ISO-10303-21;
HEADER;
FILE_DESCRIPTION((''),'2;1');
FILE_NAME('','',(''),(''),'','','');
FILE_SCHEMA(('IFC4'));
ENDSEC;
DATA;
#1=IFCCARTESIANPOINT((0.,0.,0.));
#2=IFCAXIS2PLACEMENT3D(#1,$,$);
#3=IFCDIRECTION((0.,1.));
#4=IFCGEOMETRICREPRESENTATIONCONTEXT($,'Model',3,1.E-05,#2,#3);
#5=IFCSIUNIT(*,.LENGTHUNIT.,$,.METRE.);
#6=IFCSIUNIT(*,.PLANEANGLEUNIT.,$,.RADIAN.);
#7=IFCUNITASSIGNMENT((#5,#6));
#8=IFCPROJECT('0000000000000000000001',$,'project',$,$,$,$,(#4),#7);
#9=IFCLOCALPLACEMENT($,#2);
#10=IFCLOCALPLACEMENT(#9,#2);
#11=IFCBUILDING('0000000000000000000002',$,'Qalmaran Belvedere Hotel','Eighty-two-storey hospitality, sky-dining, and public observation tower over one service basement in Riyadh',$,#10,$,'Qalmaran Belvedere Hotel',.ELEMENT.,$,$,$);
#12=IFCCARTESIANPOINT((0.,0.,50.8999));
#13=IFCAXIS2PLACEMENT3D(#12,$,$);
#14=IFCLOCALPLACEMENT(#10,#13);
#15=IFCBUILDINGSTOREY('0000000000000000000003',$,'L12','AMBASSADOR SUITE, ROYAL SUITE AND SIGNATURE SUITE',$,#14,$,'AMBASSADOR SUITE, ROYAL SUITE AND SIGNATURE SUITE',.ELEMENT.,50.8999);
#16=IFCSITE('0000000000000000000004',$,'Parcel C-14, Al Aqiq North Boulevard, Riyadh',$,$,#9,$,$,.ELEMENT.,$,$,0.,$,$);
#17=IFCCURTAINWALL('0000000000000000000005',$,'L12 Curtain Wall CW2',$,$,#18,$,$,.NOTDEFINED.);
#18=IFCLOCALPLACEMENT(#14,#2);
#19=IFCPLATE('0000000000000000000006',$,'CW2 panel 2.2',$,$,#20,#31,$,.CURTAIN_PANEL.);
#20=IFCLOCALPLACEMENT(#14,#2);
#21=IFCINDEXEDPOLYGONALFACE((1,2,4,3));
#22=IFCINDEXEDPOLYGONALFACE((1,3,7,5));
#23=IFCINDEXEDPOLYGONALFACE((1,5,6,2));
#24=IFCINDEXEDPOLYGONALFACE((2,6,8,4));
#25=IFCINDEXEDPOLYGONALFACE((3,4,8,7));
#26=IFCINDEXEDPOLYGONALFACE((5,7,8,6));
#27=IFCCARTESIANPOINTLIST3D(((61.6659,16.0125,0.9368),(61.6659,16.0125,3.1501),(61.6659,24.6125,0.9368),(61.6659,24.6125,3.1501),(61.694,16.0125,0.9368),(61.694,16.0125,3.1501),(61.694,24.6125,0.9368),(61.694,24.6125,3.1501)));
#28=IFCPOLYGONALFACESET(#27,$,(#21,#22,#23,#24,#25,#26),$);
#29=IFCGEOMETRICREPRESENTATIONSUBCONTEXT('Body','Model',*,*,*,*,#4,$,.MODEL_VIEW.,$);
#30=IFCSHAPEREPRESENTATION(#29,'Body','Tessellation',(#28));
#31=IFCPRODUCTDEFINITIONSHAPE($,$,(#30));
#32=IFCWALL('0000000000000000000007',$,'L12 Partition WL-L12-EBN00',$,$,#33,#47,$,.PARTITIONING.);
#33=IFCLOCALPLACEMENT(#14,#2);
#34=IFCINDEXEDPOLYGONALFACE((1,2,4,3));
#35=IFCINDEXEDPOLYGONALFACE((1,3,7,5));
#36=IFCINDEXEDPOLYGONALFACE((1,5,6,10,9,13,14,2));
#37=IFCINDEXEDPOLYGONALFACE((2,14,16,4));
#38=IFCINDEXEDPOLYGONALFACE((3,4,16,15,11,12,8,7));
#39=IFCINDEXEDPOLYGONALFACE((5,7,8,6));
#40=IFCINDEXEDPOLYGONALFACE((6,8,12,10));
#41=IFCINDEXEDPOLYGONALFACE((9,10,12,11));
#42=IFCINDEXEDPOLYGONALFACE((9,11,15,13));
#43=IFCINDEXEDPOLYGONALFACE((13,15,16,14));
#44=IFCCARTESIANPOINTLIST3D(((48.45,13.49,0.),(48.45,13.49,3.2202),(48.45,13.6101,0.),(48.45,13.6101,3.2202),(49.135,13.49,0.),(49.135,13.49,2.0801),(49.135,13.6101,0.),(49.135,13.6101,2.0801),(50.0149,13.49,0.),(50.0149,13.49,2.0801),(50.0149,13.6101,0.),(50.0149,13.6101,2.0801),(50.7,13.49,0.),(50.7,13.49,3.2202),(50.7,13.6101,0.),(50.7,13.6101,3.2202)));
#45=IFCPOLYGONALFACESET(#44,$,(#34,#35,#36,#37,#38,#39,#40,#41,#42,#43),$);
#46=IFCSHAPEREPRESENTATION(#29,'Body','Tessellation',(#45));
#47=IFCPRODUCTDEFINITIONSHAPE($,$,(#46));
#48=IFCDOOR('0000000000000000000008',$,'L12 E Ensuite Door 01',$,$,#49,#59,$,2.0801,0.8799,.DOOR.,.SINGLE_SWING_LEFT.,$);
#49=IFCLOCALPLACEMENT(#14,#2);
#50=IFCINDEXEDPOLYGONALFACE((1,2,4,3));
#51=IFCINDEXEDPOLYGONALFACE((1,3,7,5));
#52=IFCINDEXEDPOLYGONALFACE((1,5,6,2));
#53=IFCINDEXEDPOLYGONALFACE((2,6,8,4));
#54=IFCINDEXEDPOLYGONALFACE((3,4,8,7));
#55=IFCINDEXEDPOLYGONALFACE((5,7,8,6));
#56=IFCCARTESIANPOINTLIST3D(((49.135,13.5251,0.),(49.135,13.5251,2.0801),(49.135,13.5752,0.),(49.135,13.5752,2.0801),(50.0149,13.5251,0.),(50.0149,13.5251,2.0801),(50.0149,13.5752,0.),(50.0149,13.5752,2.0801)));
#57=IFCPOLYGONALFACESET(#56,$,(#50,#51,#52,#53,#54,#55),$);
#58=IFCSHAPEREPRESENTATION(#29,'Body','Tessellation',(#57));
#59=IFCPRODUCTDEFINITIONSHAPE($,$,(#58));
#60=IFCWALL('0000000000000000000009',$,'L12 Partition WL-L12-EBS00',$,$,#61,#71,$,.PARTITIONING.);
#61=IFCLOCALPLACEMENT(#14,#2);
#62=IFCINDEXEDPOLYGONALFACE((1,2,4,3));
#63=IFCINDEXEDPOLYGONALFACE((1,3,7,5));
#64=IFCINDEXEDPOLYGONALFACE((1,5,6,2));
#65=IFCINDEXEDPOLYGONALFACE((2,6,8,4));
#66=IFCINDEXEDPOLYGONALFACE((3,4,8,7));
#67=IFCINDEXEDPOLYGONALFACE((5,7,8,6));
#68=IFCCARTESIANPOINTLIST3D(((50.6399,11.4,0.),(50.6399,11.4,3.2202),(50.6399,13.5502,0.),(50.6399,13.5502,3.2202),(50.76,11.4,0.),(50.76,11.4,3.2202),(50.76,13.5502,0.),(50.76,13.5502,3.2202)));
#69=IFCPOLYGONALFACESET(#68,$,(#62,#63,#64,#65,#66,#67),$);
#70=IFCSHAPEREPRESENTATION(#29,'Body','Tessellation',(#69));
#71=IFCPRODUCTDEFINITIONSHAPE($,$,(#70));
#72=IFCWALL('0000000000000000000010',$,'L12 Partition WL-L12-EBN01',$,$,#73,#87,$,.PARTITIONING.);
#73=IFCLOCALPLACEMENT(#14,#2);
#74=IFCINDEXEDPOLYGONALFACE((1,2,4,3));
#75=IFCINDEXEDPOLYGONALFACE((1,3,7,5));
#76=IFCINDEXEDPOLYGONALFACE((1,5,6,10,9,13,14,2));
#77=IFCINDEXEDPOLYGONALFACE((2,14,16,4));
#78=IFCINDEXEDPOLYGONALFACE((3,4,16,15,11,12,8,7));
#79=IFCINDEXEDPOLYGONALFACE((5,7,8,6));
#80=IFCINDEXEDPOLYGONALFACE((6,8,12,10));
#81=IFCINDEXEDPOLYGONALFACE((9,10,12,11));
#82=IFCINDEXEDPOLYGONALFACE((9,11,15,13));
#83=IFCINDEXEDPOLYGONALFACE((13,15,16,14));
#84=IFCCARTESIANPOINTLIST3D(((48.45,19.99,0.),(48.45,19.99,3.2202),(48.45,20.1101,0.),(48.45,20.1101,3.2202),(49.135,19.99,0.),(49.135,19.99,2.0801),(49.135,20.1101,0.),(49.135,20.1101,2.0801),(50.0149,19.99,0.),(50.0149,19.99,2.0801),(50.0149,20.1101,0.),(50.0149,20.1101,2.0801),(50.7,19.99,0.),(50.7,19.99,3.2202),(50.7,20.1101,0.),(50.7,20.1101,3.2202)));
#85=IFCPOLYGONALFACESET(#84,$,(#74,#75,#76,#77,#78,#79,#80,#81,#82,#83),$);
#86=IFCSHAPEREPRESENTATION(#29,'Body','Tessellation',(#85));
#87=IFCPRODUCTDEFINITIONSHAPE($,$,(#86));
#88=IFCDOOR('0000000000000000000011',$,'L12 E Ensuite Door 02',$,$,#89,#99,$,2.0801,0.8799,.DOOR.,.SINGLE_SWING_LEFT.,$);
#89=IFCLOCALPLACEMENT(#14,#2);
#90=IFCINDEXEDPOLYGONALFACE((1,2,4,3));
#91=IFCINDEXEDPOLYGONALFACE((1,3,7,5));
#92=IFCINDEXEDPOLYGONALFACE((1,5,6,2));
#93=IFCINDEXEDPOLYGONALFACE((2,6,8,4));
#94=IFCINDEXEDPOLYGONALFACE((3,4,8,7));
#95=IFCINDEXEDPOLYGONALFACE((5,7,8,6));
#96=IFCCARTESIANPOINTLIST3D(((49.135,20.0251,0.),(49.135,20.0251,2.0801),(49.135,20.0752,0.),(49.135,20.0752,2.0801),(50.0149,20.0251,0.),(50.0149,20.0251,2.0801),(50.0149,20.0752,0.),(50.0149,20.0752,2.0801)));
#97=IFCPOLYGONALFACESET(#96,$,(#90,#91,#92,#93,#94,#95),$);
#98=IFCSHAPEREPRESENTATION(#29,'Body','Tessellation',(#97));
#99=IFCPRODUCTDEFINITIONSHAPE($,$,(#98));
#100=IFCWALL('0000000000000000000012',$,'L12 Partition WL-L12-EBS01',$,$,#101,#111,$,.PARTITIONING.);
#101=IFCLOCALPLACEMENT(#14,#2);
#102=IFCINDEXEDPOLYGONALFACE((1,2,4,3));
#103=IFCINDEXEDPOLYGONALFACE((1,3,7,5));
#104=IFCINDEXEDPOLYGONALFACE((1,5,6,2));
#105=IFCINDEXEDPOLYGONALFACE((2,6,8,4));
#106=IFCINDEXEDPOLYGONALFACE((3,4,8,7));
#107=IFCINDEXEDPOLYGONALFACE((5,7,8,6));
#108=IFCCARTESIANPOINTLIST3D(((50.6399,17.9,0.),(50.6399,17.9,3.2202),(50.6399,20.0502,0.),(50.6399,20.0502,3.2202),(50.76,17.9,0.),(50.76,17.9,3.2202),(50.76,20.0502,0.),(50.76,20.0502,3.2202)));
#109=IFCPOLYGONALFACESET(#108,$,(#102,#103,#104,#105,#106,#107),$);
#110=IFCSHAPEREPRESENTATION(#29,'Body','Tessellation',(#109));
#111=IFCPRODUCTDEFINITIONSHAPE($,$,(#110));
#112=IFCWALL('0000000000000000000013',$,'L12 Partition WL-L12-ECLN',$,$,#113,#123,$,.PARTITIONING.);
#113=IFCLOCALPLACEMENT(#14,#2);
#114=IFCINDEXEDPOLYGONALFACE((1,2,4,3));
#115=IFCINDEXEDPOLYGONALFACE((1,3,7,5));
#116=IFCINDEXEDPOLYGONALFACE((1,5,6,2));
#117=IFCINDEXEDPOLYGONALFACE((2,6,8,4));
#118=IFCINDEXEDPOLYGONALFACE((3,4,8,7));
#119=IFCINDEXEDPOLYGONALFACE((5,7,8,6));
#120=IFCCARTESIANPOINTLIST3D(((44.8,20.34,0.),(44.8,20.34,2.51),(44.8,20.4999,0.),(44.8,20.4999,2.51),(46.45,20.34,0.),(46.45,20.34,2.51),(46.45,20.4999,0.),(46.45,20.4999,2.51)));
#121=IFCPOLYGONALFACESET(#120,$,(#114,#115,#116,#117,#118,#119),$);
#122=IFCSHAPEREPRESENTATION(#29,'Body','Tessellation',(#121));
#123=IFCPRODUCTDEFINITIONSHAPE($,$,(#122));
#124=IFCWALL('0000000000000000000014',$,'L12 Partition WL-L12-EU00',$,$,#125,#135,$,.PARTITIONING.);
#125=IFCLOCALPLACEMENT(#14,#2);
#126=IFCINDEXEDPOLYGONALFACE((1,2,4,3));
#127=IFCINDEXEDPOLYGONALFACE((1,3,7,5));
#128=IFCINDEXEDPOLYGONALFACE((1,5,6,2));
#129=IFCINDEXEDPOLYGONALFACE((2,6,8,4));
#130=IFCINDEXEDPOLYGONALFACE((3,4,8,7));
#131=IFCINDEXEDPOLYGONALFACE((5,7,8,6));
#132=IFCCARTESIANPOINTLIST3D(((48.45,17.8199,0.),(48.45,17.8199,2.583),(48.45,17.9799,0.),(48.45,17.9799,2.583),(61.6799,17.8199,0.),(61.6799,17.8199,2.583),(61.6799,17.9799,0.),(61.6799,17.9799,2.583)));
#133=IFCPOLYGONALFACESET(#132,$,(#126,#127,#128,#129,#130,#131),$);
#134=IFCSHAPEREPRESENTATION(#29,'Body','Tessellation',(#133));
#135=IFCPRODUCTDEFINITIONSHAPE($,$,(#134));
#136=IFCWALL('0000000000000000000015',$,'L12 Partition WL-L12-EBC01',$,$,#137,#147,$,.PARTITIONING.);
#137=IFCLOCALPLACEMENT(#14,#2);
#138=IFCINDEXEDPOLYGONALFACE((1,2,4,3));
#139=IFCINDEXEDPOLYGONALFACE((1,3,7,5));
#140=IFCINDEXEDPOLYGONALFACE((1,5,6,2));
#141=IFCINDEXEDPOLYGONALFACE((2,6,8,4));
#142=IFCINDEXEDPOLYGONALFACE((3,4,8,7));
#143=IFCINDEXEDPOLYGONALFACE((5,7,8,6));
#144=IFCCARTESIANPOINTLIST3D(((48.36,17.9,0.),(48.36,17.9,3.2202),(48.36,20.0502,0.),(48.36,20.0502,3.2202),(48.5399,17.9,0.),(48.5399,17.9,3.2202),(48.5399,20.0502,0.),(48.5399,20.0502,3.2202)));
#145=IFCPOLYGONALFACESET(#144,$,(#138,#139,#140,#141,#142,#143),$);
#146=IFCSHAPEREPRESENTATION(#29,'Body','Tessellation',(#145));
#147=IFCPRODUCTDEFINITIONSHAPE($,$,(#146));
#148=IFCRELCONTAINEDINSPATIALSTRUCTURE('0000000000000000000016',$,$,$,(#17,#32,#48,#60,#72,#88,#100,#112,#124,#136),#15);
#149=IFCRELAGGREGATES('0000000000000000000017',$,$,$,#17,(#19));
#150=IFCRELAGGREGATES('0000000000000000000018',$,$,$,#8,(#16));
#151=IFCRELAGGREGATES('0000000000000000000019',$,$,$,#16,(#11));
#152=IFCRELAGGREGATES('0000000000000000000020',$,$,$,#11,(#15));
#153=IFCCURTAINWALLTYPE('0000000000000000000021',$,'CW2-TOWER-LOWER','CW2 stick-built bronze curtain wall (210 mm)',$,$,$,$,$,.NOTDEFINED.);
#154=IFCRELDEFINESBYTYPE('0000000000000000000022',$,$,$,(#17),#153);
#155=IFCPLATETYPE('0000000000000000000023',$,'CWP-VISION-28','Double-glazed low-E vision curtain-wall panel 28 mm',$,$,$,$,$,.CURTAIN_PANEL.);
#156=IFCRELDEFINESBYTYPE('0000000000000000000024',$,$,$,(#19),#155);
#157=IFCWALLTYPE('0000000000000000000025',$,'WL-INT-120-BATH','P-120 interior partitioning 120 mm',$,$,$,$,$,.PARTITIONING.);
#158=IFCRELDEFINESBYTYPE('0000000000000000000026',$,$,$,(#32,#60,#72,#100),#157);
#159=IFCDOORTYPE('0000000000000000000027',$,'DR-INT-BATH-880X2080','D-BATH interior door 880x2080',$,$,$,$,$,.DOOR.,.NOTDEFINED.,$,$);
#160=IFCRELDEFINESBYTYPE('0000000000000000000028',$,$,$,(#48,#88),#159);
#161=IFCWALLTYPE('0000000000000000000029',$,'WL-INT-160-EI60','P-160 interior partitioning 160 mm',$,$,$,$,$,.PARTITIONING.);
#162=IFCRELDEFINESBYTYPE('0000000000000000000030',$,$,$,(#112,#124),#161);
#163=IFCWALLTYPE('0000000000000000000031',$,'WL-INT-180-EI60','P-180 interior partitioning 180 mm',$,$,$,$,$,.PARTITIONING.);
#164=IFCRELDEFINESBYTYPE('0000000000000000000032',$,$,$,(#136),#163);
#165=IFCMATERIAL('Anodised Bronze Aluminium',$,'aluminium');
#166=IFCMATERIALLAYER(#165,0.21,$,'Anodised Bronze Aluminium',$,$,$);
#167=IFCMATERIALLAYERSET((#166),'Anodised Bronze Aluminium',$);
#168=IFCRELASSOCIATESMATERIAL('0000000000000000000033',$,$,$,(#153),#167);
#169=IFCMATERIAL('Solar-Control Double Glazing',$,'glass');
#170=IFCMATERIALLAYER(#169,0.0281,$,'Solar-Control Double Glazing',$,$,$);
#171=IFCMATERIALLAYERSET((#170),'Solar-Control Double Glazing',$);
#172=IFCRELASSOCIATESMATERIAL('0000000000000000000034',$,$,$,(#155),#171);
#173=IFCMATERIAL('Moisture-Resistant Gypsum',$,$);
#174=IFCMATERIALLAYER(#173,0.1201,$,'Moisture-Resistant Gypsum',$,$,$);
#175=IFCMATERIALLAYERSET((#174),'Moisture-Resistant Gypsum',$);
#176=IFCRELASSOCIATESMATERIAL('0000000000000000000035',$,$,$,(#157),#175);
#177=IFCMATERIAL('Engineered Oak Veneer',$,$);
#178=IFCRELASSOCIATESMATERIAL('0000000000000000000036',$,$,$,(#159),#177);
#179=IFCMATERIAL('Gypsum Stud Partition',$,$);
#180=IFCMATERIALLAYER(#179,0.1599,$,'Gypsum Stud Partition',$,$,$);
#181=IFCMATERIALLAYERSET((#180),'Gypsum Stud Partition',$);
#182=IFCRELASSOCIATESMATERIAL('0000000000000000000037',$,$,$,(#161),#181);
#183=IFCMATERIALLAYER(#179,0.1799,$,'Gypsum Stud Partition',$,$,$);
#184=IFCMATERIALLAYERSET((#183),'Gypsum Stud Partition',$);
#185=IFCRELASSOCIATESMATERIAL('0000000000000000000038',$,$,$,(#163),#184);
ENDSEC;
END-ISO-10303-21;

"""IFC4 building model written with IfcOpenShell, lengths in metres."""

from ifc_helpers import new_model, si_unit, direction, frame, frame_2d, origin, origin_2d, place, context, subcontext, project, spatial, rectangle, extrude, material, layer, layer_set, type_object, element, fill, aggregate, save


model = new_model("IFC4")

# Units and contexts
model_context = context("Model", 3, precision=1e-05, world=origin(), true_north=direction((0.0, 1.0)))
body_context = subcontext(model_context, "Body", "Model", "MODEL_VIEW")
ifc_project = project(units=[si_unit("LENGTHUNIT", "METRE"), si_unit("PLANEANGLEUNIT", "RADIAN")], contexts=[model_context])

# Site, building, storey
site_placement = place(None, origin())
site = spatial("IfcSite", under=ifc_project, at=site_placement, Name="Parcel C-14, Al Aqiq North Boulevard, Riyadh", CompositionType="ELEMENT", RefElevation=0.0)
building_placement = place(site_placement, origin())
building = spatial("IfcBuilding", under=site, at=building_placement, Name="Qalmaran Belvedere Hotel", Description="Eighty-two-storey hospitality, sky-dining, and public observation tower over one service basement in Riyadh", LongName="Qalmaran Belvedere Hotel", CompositionType="ELEMENT")
storey_placement = place(building_placement, frame((0.0, 0.0, 50.8999)))
storey = spatial("IfcBuildingStorey", under=building, at=storey_placement, Name="L12", Description="AMBASSADOR SUITE, ROYAL SUITE AND SIGNATURE SUITE", LongName="AMBASSADOR SUITE, ROYAL SUITE AND SIGNATURE SUITE", CompositionType="ELEMENT", Elevation=50.8999)

# Curtain wall, plate
ifc_material_1 = material(Name="Anodised Bronze Aluminium", Category="aluminium")
ifc_layer_1 = layer(ifc_material_1, 0.21, Name="Anodised Bronze Aluminium")
ifc_layer_set_1 = layer_set([ifc_layer_1], Name="Anodised Bronze Aluminium")
curtain_wall_type = type_object("IfcCurtainWallType", Name="CW2-TOWER-LOWER", Description="CW2 stick-built bronze curtain wall (210 mm)", PredefinedType="NOTDEFINED", material=ifc_layer_set_1)
curtain_wall_placement = place(storey_placement, origin())
curtain_wall = element("IfcCurtainWall", 1, at=curtain_wall_placement, inside=storey, type_object=curtain_wall_type, Name="L12 Curtain Wall CW2", PredefinedType="NOTDEFINED")
ifc_material_2 = material(Name="Solar-Control Double Glazing", Category="glass")
ifc_layer_2 = layer(ifc_material_2, 0.0281, Name="Solar-Control Double Glazing")
ifc_layer_set_2 = layer_set([ifc_layer_2], Name="Solar-Control Double Glazing")
plate_type_1 = type_object("IfcPlateType", Name="CWP-VISION-28", Description="Double-glazed low-E vision curtain-wall panel 28 mm", PredefinedType="CURTAIN_PANEL", material=ifc_layer_set_2)
plate_1_placement = place(storey_placement, frame((61.6799, 20.3125, 0.9368), z_axis=(0.0, 0.0, 1.0), x_axis=(0.0, 1.0, 0.0)))
plate_1 = element("IfcPlate", 2, at=plate_1_placement, type_object=plate_type_1, Name="CW2 panel 2.2", PredefinedType="CURTAIN_PANEL", context=body_context, shape_type="SweptSolid", body=[
    extrude(rectangle(XDim=8.6001, YDim=0.0281, at=origin_2d()), origin(), (0.0, 0.0, 1.0), 2.2134),
])
aggregate(curtain_wall, [plate_1])

# Wall, opening, door
ifc_material_3 = material(Name="Moisture-Resistant Gypsum")
ifc_layer_3 = layer(ifc_material_3, 0.1201, Name="Moisture-Resistant Gypsum")
ifc_layer_set_3 = layer_set([ifc_layer_3], Name="Moisture-Resistant Gypsum")
wall_type_1 = type_object("IfcWallType", Name="WL-INT-120-BATH", Description="P-120 interior partitioning 120 mm", PredefinedType="PARTITIONING", material=ifc_layer_set_3)
wall_1_placement = place(storey_placement, frame((48.45, 13.55, 0.0), z_axis=(0.0, 0.0, 1.0), x_axis=(1.0, 0.0, 0.0)))
wall_1 = element("IfcWall", 3, at=wall_1_placement, inside=storey, type_object=wall_type_1, Name="L12 Partition WL-L12-EBN00", PredefinedType="PARTITIONING", context=body_context, shape_type="SweptSolid", body=[
    extrude(rectangle(XDim=2.25, YDim=0.1201, at=frame_2d((1.125, 0.0))), origin(), (0.0, 0.0, 1.0), 3.2202),
])
opening_1_placement = place(wall_1_placement, frame((1.5649, 0.0, 0.0), z_axis=(0.0, 0.0, 1.0), x_axis=(-1.0, 0.0, 0.0)))
opening_1 = element("IfcOpeningElement", 4, at=opening_1_placement, cuts=wall_1, PredefinedType="OPENING", context=body_context, shape_type="SweptSolid", body=[
    extrude(rectangle(XDim=0.8799, YDim=2.0801, at=frame_2d((0.4399, 1.04))), frame((0.0, 0.0701, 0.0), z_axis=(0.0, -1.0, 0.0), x_axis=(1.0, 0.0, 0.0)), (0.0, 0.0, 1.0), 0.1401),
])
ifc_material_4 = material(Name="Engineered Oak Veneer")
door_type_1 = type_object("IfcDoorType", Name="DR-INT-BATH-880X2080", Description="D-BATH interior door 880x2080", OperationType="NOTDEFINED", PredefinedType="DOOR", material=ifc_material_4)
door_1_placement = place(opening_1_placement, origin())
door_1 = element("IfcDoor", 5, at=door_1_placement, inside=storey, type_object=door_type_1, Name="L12 E Ensuite Door 01", OperationType="SINGLE_SWING_LEFT", OverallHeight=2.0801, OverallWidth=0.8799, PredefinedType="DOOR", context=body_context, shape_type="SweptSolid", body=[
    extrude(rectangle(XDim=0.8799, YDim=2.0801, at=frame_2d((0.4399, 1.04))), frame((0.0, 0.0249, 0.0), z_axis=(0.0, -1.0, 0.0), x_axis=(1.0, 0.0, 0.0)), (0.0, 0.0, 1.0), 0.05),
])
fill(opening_1, door_1)

# Wall
wall_2_placement = place(storey_placement, frame((50.7, 11.3999, 0.0), z_axis=(0.0, 0.0, 1.0), x_axis=(0.0, 1.0, 0.0)))
element("IfcWall", 6, at=wall_2_placement, inside=storey, type_object=wall_type_1, Name="L12 Partition WL-L12-EBS00", PredefinedType="PARTITIONING", context=body_context, shape_type="SweptSolid", body=[
    extrude(rectangle(XDim=2.1501, YDim=0.1201, at=frame_2d((1.0752, 0.0))), origin(), (0.0, 0.0, 1.0), 3.2202),
])

# Wall, opening, door
wall_3_placement = place(storey_placement, frame((48.45, 20.05, 0.0), z_axis=(0.0, 0.0, 1.0), x_axis=(1.0, 0.0, 0.0)))
wall_3 = element("IfcWall", 7, at=wall_3_placement, inside=storey, type_object=wall_type_1, Name="L12 Partition WL-L12-EBN01", PredefinedType="PARTITIONING", context=body_context, shape_type="SweptSolid", body=[
    extrude(rectangle(XDim=2.25, YDim=0.1201, at=frame_2d((1.125, 0.0))), origin(), (0.0, 0.0, 1.0), 3.2202),
])
opening_2_placement = place(wall_3_placement, frame((1.5649, 0.0, 0.0), z_axis=(0.0, 0.0, 1.0), x_axis=(-1.0, 0.0, 0.0)))
opening_2 = element("IfcOpeningElement", 8, at=opening_2_placement, cuts=wall_3, PredefinedType="OPENING", context=body_context, shape_type="SweptSolid", body=[
    extrude(rectangle(XDim=0.8799, YDim=2.0801, at=frame_2d((0.4399, 1.04))), frame((0.0, 0.0701, 0.0), z_axis=(0.0, -1.0, 0.0), x_axis=(1.0, 0.0, 0.0)), (0.0, 0.0, 1.0), 0.1401),
])
door_2_placement = place(opening_2_placement, origin())
door_2 = element("IfcDoor", 9, at=door_2_placement, inside=storey, type_object=door_type_1, Name="L12 E Ensuite Door 02", OperationType="SINGLE_SWING_LEFT", OverallHeight=2.0801, OverallWidth=0.8799, PredefinedType="DOOR", context=body_context, shape_type="SweptSolid", body=[
    extrude(rectangle(XDim=0.8799, YDim=2.0801, at=frame_2d((0.4399, 1.04))), frame((0.0, 0.0249, 0.0), z_axis=(0.0, -1.0, 0.0), x_axis=(1.0, 0.0, 0.0)), (0.0, 0.0, 1.0), 0.05),
])
fill(opening_2, door_2)

# Walls
wall_4_placement = place(storey_placement, frame((50.7, 17.8999, 0.0), z_axis=(0.0, 0.0, 1.0), x_axis=(0.0, 1.0, 0.0)))
element("IfcWall", 10, at=wall_4_placement, inside=storey, type_object=wall_type_1, Name="L12 Partition WL-L12-EBS01", PredefinedType="PARTITIONING", context=body_context, shape_type="SweptSolid", body=[
    extrude(rectangle(XDim=2.1501, YDim=0.1201, at=frame_2d((1.0752, 0.0))), origin(), (0.0, 0.0, 1.0), 3.2202),
])
ifc_material_5 = material(Name="Gypsum Stud Partition")
ifc_layer_4 = layer(ifc_material_5, 0.1599, Name="Gypsum Stud Partition")
ifc_layer_set_4 = layer_set([ifc_layer_4], Name="Gypsum Stud Partition")
wall_type_2 = type_object("IfcWallType", Name="WL-INT-160-EI60", Description="P-160 interior partitioning 160 mm", PredefinedType="PARTITIONING", material=ifc_layer_set_4)
wall_5_placement = place(storey_placement, frame((44.8, 20.4199, 0.0), z_axis=(0.0, 0.0, 1.0), x_axis=(1.0, 0.0, 0.0)))
element("IfcWall", 11, at=wall_5_placement, inside=storey, type_object=wall_type_2, Name="L12 Partition WL-L12-ECLN", PredefinedType="PARTITIONING", context=body_context, shape_type="SweptSolid", body=[
    extrude(rectangle(XDim=1.6499, YDim=0.1599, at=frame_2d((0.825, 0.0))), origin(), (0.0, 0.0, 1.0), 2.51),
])
wall_6_placement = place(storey_placement, frame((48.45, 17.8999, 0.0), z_axis=(0.0, 0.0, 1.0), x_axis=(1.0, 0.0, 0.0)))
element("IfcWall", 12, at=wall_6_placement, inside=storey, type_object=wall_type_2, Name="L12 Partition WL-L12-EU00", PredefinedType="PARTITIONING", context=body_context, shape_type="SweptSolid", body=[
    extrude(rectangle(XDim=13.23, YDim=0.1599, at=frame_2d((6.615, 0.0))), origin(), (0.0, 0.0, 1.0), 2.583),
])

# Shared definitions
ifc_layer_5 = layer(ifc_material_5, 0.1799, Name="Gypsum Stud Partition")
ifc_layer_set_5 = layer_set([ifc_layer_5], Name="Gypsum Stud Partition")
wall_type_3 = type_object("IfcWallType", Name="WL-INT-180-EI60", Description="P-180 interior partitioning 180 mm", PredefinedType="PARTITIONING", material=ifc_layer_set_5)

# Wall
wall_7_placement = place(storey_placement, frame((48.45, 17.8999, 0.0), z_axis=(0.0, 0.0, 1.0), x_axis=(0.0, 1.0, 0.0)))
element("IfcWall", 13, at=wall_7_placement, inside=storey, type_object=wall_type_3, Name="L12 Partition WL-L12-EBC01", PredefinedType="PARTITIONING", context=body_context, shape_type="SweptSolid", body=[
    extrude(rectangle(XDim=2.1501, YDim=0.1799, at=frame_2d((1.0752, 0.0))), origin(), (0.0, 0.0, 1.0), 3.2202),
])

save(model, "model.ifc")
